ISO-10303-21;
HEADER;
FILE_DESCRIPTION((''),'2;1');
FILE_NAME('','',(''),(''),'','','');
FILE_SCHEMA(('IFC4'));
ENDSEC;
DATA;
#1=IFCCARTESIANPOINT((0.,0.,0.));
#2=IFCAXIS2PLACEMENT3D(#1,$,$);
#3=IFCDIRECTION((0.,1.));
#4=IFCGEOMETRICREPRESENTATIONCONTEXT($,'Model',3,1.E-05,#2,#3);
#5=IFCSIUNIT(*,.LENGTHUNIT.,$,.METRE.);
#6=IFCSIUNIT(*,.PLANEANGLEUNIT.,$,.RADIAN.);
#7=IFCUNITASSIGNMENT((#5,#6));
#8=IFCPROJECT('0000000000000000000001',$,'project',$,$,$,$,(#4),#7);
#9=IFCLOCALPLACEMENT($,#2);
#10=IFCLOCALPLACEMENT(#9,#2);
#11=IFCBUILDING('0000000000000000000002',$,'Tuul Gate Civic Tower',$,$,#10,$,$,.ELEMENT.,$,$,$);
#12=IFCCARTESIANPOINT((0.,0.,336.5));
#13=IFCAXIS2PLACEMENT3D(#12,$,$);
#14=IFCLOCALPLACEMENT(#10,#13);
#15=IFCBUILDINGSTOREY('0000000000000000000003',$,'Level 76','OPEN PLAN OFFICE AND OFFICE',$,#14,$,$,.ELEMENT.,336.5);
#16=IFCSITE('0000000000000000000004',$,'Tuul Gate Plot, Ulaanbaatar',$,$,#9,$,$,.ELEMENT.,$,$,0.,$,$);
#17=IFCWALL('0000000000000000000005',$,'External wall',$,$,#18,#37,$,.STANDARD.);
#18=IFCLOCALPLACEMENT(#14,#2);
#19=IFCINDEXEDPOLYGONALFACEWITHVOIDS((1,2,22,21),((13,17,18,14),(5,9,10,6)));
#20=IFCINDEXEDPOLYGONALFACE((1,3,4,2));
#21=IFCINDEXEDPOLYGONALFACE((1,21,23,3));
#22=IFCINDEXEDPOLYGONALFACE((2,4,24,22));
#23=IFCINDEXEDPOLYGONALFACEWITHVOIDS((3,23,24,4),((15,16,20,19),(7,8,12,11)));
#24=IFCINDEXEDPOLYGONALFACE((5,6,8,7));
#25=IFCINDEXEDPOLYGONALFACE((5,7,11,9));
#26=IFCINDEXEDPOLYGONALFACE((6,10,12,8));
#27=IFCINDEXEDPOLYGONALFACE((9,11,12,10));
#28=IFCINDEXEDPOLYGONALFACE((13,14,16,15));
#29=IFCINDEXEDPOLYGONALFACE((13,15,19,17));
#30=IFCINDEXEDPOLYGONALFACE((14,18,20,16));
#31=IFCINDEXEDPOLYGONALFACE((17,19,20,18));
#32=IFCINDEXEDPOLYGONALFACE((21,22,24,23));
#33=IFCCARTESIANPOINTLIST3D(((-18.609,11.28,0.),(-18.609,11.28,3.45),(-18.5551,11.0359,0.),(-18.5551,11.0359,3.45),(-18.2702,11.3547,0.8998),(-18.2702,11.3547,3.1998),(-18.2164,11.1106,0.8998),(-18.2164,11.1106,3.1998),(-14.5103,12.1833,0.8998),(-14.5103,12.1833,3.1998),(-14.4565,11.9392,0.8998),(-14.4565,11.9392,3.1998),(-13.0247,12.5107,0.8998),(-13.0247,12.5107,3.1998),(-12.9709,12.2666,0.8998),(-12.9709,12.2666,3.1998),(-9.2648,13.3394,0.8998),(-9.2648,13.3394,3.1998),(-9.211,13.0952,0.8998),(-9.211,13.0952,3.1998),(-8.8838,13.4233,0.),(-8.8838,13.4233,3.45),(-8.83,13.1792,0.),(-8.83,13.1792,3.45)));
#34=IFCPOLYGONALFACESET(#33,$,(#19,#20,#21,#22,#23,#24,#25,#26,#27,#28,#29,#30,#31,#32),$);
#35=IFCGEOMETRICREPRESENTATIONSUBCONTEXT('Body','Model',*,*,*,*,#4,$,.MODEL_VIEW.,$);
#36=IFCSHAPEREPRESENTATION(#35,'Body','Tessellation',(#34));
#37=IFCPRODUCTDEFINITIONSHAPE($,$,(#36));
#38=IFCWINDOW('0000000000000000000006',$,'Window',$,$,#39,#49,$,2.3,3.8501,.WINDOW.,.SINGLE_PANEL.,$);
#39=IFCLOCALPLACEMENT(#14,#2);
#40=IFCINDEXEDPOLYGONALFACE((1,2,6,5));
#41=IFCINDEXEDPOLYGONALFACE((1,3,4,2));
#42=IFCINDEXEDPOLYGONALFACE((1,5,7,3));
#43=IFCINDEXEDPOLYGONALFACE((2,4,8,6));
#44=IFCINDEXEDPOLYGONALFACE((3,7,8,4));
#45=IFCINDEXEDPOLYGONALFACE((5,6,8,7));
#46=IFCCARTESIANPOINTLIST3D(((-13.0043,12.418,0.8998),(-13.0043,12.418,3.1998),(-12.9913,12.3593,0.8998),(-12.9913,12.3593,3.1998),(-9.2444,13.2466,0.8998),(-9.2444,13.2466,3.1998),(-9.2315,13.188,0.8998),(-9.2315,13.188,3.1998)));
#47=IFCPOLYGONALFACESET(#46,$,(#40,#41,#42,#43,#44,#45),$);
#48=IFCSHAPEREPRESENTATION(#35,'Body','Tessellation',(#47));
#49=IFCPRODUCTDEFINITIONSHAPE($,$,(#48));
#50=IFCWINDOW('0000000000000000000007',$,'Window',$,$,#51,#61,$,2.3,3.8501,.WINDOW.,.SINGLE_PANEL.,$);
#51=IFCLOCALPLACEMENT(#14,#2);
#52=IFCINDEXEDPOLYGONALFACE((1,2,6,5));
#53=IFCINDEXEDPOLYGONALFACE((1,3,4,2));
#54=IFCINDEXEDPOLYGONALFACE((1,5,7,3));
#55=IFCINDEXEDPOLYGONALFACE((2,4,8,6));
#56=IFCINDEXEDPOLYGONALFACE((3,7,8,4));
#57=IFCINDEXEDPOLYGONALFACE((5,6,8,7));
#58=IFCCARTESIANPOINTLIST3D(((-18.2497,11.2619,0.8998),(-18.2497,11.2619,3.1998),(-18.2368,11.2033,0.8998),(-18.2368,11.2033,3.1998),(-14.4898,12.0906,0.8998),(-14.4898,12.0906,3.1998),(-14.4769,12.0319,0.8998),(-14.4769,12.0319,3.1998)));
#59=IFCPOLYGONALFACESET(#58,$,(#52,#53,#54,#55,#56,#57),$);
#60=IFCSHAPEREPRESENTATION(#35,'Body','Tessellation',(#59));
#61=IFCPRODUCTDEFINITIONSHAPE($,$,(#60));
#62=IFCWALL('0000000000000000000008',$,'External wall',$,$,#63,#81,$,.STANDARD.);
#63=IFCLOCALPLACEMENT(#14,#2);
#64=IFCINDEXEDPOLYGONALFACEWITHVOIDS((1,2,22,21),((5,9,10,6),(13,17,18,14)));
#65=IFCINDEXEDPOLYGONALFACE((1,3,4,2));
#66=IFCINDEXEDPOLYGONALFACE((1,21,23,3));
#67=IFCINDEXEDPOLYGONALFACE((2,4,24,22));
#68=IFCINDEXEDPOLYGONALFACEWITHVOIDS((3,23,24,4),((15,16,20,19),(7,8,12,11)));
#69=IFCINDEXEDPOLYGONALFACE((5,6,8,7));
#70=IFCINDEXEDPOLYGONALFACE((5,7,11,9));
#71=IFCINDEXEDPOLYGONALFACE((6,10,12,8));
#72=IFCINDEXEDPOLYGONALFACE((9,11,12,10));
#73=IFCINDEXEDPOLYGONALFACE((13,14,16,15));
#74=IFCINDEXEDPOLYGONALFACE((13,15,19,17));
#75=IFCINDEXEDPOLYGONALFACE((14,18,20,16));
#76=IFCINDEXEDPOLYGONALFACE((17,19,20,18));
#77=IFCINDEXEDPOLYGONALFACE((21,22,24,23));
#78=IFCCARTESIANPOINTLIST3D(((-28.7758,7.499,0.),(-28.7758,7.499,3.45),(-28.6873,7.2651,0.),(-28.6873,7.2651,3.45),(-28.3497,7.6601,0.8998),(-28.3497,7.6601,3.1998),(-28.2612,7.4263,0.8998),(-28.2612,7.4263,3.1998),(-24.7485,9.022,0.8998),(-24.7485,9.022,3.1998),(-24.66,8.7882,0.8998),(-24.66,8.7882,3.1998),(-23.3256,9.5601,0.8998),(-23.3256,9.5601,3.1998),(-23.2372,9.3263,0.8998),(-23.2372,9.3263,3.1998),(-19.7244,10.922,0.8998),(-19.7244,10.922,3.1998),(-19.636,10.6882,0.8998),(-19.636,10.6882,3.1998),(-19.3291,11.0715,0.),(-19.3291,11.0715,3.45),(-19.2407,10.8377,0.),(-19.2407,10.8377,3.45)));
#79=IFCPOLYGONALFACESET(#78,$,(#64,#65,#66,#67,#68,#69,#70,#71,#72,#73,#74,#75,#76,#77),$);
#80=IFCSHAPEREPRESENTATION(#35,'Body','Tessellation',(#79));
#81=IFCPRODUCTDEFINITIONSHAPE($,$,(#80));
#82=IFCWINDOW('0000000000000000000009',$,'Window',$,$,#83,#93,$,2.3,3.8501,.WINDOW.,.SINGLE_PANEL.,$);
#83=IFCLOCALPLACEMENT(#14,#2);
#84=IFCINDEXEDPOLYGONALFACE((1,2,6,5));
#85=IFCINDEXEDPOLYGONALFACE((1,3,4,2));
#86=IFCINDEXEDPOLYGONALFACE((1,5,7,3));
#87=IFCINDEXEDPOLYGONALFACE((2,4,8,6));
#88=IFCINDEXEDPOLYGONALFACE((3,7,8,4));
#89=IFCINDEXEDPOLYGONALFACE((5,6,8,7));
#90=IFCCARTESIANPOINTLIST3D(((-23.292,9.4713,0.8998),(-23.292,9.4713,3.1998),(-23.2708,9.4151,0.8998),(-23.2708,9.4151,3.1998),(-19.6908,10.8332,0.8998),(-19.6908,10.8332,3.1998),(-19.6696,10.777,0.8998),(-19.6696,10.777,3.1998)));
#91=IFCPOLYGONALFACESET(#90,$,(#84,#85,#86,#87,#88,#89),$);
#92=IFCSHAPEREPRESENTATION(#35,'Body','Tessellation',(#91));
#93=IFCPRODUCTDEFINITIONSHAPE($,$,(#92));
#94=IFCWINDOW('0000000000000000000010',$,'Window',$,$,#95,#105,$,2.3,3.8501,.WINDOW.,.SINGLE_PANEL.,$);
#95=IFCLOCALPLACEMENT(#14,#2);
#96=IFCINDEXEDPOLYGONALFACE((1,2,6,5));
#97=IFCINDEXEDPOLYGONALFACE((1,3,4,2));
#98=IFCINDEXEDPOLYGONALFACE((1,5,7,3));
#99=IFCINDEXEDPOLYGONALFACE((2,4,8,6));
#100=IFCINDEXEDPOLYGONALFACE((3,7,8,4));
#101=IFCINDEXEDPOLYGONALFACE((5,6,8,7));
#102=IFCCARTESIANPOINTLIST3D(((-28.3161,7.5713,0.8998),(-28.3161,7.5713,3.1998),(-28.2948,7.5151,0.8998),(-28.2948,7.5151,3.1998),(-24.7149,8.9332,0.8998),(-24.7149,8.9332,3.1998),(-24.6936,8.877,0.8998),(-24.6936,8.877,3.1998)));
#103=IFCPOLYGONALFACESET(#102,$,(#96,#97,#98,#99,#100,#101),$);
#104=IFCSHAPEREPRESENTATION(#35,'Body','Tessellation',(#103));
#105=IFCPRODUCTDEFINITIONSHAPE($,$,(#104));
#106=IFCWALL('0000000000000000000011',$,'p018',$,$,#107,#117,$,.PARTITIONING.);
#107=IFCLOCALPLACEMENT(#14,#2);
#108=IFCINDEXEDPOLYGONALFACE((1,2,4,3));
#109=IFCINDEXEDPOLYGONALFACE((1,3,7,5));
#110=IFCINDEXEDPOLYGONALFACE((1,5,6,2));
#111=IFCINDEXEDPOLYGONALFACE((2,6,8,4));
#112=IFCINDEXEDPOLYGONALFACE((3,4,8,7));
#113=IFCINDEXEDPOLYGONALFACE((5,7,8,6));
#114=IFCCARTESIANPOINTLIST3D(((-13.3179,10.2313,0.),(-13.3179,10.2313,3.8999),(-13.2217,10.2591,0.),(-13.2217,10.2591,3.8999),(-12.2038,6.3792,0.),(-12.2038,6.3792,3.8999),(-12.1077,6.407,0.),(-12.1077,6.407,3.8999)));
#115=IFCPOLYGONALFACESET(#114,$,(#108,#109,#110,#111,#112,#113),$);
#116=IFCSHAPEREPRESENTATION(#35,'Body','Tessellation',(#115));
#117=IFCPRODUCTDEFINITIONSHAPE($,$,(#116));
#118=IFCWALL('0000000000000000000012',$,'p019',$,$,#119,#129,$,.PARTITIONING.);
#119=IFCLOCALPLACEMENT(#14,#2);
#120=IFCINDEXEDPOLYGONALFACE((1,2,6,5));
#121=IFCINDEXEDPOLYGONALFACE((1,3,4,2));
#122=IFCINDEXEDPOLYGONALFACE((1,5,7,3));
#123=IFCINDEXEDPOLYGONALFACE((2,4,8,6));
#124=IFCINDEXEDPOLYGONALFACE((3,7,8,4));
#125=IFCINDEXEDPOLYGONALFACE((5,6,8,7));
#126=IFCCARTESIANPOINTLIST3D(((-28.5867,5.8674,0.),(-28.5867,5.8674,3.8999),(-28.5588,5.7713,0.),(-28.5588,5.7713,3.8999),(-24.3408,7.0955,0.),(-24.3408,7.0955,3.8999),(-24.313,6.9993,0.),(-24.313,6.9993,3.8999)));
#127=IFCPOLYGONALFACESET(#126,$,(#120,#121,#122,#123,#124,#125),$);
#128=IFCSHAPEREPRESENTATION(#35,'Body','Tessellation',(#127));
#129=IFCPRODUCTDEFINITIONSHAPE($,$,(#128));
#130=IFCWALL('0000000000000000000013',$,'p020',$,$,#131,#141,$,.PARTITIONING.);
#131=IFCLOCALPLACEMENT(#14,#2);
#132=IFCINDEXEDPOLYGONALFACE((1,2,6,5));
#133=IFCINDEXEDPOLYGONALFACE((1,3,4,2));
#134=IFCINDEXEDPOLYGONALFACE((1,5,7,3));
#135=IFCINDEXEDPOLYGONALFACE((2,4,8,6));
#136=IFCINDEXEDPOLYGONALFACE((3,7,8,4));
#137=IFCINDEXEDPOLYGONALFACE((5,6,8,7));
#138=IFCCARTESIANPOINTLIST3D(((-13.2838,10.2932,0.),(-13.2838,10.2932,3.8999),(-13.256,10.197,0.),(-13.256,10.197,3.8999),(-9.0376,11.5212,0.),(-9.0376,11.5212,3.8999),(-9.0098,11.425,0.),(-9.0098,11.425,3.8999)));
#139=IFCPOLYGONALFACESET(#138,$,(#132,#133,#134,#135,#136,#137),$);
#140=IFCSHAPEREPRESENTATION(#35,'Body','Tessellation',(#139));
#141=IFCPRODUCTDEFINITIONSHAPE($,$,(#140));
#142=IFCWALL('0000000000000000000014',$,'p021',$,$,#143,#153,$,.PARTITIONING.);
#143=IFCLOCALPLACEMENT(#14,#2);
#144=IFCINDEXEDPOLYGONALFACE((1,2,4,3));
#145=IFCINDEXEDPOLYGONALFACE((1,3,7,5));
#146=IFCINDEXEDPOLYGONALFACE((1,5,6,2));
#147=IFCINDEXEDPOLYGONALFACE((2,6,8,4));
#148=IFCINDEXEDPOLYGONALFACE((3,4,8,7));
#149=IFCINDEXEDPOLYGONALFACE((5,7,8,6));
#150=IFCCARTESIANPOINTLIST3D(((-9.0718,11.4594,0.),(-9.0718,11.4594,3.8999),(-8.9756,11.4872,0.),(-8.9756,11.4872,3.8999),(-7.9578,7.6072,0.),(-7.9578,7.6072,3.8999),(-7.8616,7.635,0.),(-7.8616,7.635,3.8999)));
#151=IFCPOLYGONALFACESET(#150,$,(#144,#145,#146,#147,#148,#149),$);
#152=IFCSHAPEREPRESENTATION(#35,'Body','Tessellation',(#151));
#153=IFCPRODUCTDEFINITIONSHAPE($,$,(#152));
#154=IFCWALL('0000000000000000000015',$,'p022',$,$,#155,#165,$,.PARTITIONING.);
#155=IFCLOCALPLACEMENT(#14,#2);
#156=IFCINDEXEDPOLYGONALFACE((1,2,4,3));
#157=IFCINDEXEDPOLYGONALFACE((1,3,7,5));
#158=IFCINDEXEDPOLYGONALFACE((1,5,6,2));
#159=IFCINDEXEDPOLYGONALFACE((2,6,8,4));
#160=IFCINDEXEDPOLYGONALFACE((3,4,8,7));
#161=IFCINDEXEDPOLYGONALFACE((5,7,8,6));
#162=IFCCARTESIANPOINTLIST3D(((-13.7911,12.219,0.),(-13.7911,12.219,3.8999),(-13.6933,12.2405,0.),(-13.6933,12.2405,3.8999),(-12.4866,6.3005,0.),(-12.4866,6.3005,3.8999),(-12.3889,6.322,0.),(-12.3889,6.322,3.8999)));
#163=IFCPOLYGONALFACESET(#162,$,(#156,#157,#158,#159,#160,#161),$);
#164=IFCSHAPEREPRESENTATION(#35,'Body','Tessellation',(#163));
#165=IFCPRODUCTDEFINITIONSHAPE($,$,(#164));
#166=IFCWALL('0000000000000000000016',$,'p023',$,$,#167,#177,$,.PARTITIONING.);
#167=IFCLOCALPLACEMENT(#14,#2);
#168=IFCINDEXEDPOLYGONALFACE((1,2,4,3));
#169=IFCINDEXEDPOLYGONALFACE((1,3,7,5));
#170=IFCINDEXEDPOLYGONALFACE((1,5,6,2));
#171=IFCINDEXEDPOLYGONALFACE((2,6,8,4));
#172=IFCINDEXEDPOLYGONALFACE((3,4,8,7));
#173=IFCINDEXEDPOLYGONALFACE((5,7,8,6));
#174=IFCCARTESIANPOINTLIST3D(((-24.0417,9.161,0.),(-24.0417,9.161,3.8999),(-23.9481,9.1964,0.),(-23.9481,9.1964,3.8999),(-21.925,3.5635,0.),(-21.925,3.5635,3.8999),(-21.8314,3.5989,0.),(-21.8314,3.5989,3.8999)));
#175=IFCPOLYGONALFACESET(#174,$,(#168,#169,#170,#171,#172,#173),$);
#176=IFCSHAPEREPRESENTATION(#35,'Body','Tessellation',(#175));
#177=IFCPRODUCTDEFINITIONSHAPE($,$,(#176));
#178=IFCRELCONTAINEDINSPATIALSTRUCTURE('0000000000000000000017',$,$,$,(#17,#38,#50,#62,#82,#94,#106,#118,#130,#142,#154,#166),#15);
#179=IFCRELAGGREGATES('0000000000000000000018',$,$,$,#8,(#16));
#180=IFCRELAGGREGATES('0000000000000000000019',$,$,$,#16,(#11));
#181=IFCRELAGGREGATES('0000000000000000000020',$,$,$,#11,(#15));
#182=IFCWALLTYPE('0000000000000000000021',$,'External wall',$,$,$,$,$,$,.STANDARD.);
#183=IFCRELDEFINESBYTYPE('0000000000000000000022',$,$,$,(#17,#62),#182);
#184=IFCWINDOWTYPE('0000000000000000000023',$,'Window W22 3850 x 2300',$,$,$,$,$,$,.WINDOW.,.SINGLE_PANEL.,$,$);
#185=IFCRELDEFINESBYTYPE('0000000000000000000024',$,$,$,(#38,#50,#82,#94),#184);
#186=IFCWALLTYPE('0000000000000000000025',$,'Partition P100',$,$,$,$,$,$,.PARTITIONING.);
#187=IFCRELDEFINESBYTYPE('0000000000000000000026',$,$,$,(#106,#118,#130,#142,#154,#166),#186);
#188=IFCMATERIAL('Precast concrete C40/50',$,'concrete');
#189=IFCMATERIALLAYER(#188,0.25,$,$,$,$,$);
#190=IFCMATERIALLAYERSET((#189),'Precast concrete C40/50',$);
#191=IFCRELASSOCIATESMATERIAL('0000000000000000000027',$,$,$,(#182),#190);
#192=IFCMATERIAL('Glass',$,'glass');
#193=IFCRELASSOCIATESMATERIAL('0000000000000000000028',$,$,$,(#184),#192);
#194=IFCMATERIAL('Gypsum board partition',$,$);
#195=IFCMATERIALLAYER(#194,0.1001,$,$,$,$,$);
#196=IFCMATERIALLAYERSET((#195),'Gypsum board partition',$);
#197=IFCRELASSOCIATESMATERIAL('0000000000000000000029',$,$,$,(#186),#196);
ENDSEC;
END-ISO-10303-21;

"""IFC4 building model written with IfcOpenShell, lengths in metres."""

from ifc_helpers import new_model, si_unit, direction, frame, frame_2d, origin, place, context, subcontext, project, spatial, rectangle, extrude, material, layer, layer_set, type_object, element, fill, save


model = new_model("IFC4")

# Units and contexts
model_context = context("Model", 3, precision=1e-05, world=origin(), true_north=direction((0.0, 1.0)))
body_context = subcontext(model_context, "Body", "Model", "MODEL_VIEW")
ifc_project = project(units=[si_unit("LENGTHUNIT", "METRE"), si_unit("PLANEANGLEUNIT", "RADIAN")], contexts=[model_context])

# Site, building, storey
site_placement = place(None, origin())
site = spatial("IfcSite", under=ifc_project, at=site_placement, Name="Tuul Gate Plot, Ulaanbaatar", CompositionType="ELEMENT", RefElevation=0.0)
building_placement = place(site_placement, origin())
building = spatial("IfcBuilding", under=site, at=building_placement, Name="Tuul Gate Civic Tower", CompositionType="ELEMENT")
storey_placement = place(building_placement, frame((0.0, 0.0, 336.5)))
storey = spatial("IfcBuildingStorey", under=building, at=storey_placement, Name="Level 76", Description="OPEN PLAN OFFICE AND OFFICE", CompositionType="ELEMENT", Elevation=336.5)

# Walls, openings, windows
ifc_material_1 = material(Name="Precast concrete C40/50", Category="concrete")
ifc_layer_1 = layer(ifc_material_1, 0.25)
ifc_layer_set_1 = layer_set([ifc_layer_1], Name="Precast concrete C40/50")
wall_type_1 = type_object("IfcWallType", Name="External wall", PredefinedType="STANDARD", material=ifc_layer_set_1)
wall_1_placement = place(storey_placement, frame((-8.8569, 13.3013, 0.0), z_axis=(0.0, 0.0, 1.0), x_axis=(-0.976565, -0.215225, 0.0)))
wall_1 = element("IfcWall", 1, at=wall_1_placement, inside=storey, type_object=wall_type_1, Name="External wall", PredefinedType="STANDARD", context=body_context, shape_type="SweptSolid", body=[
    extrude(rectangle(XDim=9.9585, YDim=0.25, at=frame_2d((4.9792, 0.0))), origin(), (0.0, 0.0, 1.0), 3.45),
])
opening_1_placement = place(wall_1_placement, frame((0.3901, 0.0, 0.8999)))
opening_1 = element("IfcOpeningElement", 2, at=opening_1_placement, cuts=wall_1, PredefinedType="OPENING", context=body_context, shape_type="SweptSolid", body=[
    extrude(rectangle(XDim=3.8501, YDim=2.3, at=frame_2d((1.925, 1.1499))), frame((0.0, 0.135, 0.0), z_axis=(0.0, -1.0, 0.0), x_axis=(1.0, 0.0, 0.0)), (0.0, 0.0, 1.0), 0.27),
])
opening_2_placement = place(wall_1_placement, frame((5.7615, 0.0, 0.8999)))
opening_2 = element("IfcOpeningElement", 3, at=opening_2_placement, cuts=wall_1, PredefinedType="OPENING", context=body_context, shape_type="SweptSolid", body=[
    extrude(rectangle(XDim=3.8501, YDim=2.3, at=frame_2d((1.925, 1.1499))), frame((0.0, 0.135, 0.0), z_axis=(0.0, -1.0, 0.0), x_axis=(1.0, 0.0, 0.0)), (0.0, 0.0, 1.0), 0.27),
])
ifc_material_2 = material(Name="Glass", Category="glass")
window_type = type_object("IfcWindowType", Name="Window W22 3850 x 2300", PartitioningType="SINGLE_PANEL", PredefinedType="WINDOW", material=ifc_material_2)
window_1_placement = place(opening_1_placement, origin())
window_1 = element("IfcWindow", 4, at=window_1_placement, inside=storey, type_object=window_type, Name="Window", OverallHeight=2.3, OverallWidth=3.8501, PartitioningType="SINGLE_PANEL", PredefinedType="WINDOW", context=body_context, shape_type="SweptSolid", body=[
    extrude(rectangle(XDim=3.8501, YDim=2.3, at=frame_2d((1.925, 1.1499))), frame((0.0, 0.03, 0.0), z_axis=(0.0, -1.0, 0.0), x_axis=(1.0, 0.0, 0.0)), (0.0, 0.0, 1.0), 0.0601),
])
fill(opening_1, window_1)
window_2_placement = place(opening_2_placement, origin())
window_2 = element("IfcWindow", 5, at=window_2_placement, inside=storey, type_object=window_type, Name="Window", OverallHeight=2.3, OverallWidth=3.8501, PartitioningType="SINGLE_PANEL", PredefinedType="WINDOW", context=body_context, shape_type="SweptSolid", body=[
    extrude(rectangle(XDim=3.8501, YDim=2.3, at=frame_2d((1.925, 1.1499))), frame((0.0, 0.03, 0.0), z_axis=(0.0, -1.0, 0.0), x_axis=(1.0, 0.0, 0.0)), (0.0, 0.0, 1.0), 0.0601),
])
fill(opening_2, window_2)
wall_2_placement = place(storey_placement, frame((-19.2849, 10.9546, 0.0), z_axis=(0.0, 0.0, 1.0), x_axis=(-0.935347, -0.353731, 0.0)))
wall_2 = element("IfcWall", 6, at=wall_2_placement, inside=storey, type_object=wall_type_1, Name="External wall", PredefinedType="STANDARD", context=body_context, shape_type="SweptSolid", body=[
    extrude(rectangle(XDim=10.0996, YDim=0.25, at=frame_2d((5.0498, 0.0))), origin(), (0.0, 0.0, 1.0), 3.45),
])
opening_3_placement = place(wall_2_placement, frame((0.4226, 0.0, 0.8999)))
opening_3 = element("IfcOpeningElement", 7, at=opening_3_placement, cuts=wall_2, PredefinedType="OPENING", context=body_context, shape_type="SweptSolid", body=[
    extrude(rectangle(XDim=3.8501, YDim=2.3, at=frame_2d((1.925, 1.1499))), frame((0.0, 0.135, 0.0), z_axis=(0.0, -1.0, 0.0), x_axis=(1.0, 0.0, 0.0)), (0.0, 0.0, 1.0), 0.27),
])
opening_4_placement = place(wall_2_placement, frame((5.7939, 0.0, 0.8999)))
opening_4 = element("IfcOpeningElement", 8, at=opening_4_placement, cuts=wall_2, PredefinedType="OPENING", context=body_context, shape_type="SweptSolid", body=[
    extrude(rectangle(XDim=3.8501, YDim=2.3, at=frame_2d((1.925, 1.1499))), frame((0.0, 0.135, 0.0), z_axis=(0.0, -1.0, 0.0), x_axis=(1.0, 0.0, 0.0)), (0.0, 0.0, 1.0), 0.27),
])
window_3_placement = place(opening_3_placement, origin())
window_3 = element("IfcWindow", 9, at=window_3_placement, inside=storey, type_object=window_type, Name="Window", OverallHeight=2.3, OverallWidth=3.8501, PartitioningType="SINGLE_PANEL", PredefinedType="WINDOW", context=body_context, shape_type="SweptSolid", body=[
    extrude(rectangle(XDim=3.8501, YDim=2.3, at=frame_2d((1.925, 1.1499))), frame((0.0, 0.03, 0.0), z_axis=(0.0, -1.0, 0.0), x_axis=(1.0, 0.0, 0.0)), (0.0, 0.0, 1.0), 0.0601),
])
fill(opening_3, window_3)
window_4_placement = place(opening_4_placement, origin())
window_4 = element("IfcWindow", 10, at=window_4_placement, inside=storey, type_object=window_type, Name="Window", OverallHeight=2.3, OverallWidth=3.8501, PartitioningType="SINGLE_PANEL", PredefinedType="WINDOW", context=body_context, shape_type="SweptSolid", body=[
    extrude(rectangle(XDim=3.8501, YDim=2.3, at=frame_2d((1.925, 1.1499))), frame((0.0, 0.03, 0.0), z_axis=(0.0, -1.0, 0.0), x_axis=(1.0, 0.0, 0.0)), (0.0, 0.0, 1.0), 0.0601),
])
fill(opening_4, window_4)

# Walls
ifc_material_3 = material(Name="Gypsum board partition")
ifc_layer_2 = layer(ifc_material_3, 0.1001)
ifc_layer_set_2 = layer_set([ifc_layer_2], Name="Gypsum board partition")
wall_type_2 = type_object("IfcWallType", Name="Partition P100", PredefinedType="PARTITIONING", material=ifc_layer_set_2)
wall_3_placement = place(storey_placement, frame((-13.2698, 10.2451, 0.0), z_axis=(0.0, 0.0, 1.0), x_axis=(0.277816, -0.960634, 0.0)))
element("IfcWall", 11, at=wall_3_placement, inside=storey, type_object=wall_type_2, Name="p018", PredefinedType="PARTITIONING", context=body_context, shape_type="SweptSolid", body=[
    extrude(rectangle(XDim=4.01, YDim=0.1001, at=frame_2d((2.0049, 0.0))), origin(), (0.0, 0.0, 1.0), 3.8999),
])
wall_4_placement = place(storey_placement, frame((-28.5728, 5.8193, 0.0), z_axis=(0.0, 0.0, 1.0), x_axis=(0.960627, 0.277842, 0.0)))
element("IfcWall", 12, at=wall_4_placement, inside=storey, type_object=wall_type_2, Name="p019", PredefinedType="PARTITIONING", context=body_context, shape_type="SweptSolid", body=[
    extrude(rectangle(XDim=4.4199, YDim=0.1001, at=frame_2d((2.21, 0.0))), origin(), (0.0, 0.0, 1.0), 3.8999),
])
wall_5_placement = place(storey_placement, frame((-13.2698, 10.2451, 0.0), z_axis=(0.0, 0.0, 1.0), x_axis=(0.960631, 0.277827, 0.0)))
element("IfcWall", 13, at=wall_5_placement, inside=storey, type_object=wall_type_2, Name="p020", PredefinedType="PARTITIONING", context=body_context, shape_type="SweptSolid", body=[
    extrude(rectangle(XDim=4.4202, YDim=0.1001, at=frame_2d((2.21, 0.0))), origin(), (0.0, 0.0, 1.0), 3.8999),
])
wall_6_placement = place(storey_placement, frame((-9.0237, 11.4731, 0.0), z_axis=(0.0, 0.0, 1.0), x_axis=(0.277816, -0.960634, 0.0)))
element("IfcWall", 14, at=wall_6_placement, inside=storey, type_object=wall_type_2, Name="p021", PredefinedType="PARTITIONING", context=body_context, shape_type="SweptSolid", body=[
    extrude(rectangle(XDim=4.01, YDim=0.1001, at=frame_2d((2.0049, 0.0))), origin(), (0.0, 0.0, 1.0), 3.8999),
])
wall_7_placement = place(storey_placement, frame((-13.7422, 12.2297, 0.0), z_axis=(0.0, 0.0, 1.0), x_axis=(0.215237, -0.976562, 0.0)))
element("IfcWall", 15, at=wall_7_placement, inside=storey, type_object=wall_type_2, Name="p022", PredefinedType="PARTITIONING", context=body_context, shape_type="SweptSolid", body=[
    extrude(rectangle(XDim=6.0605, YDim=0.1001, at=frame_2d((3.0303, 0.0))), origin(), (0.0, 0.0, 1.0), 3.8999),
])
wall_8_placement = place(storey_placement, frame((-23.9949, 9.1787, 0.0), z_axis=(0.0, 0.0, 1.0), x_axis=(0.353697, -0.93536, 0.0)))
element("IfcWall", 16, at=wall_8_placement, inside=storey, type_object=wall_type_2, Name="p023", PredefinedType="PARTITIONING", context=body_context, shape_type="SweptSolid", body=[
    extrude(rectangle(XDim=5.9844, YDim=0.1001, at=frame_2d((2.9922, 0.0))), origin(), (0.0, 0.0, 1.0), 3.8999),
])

save(model, "model.ifc")
